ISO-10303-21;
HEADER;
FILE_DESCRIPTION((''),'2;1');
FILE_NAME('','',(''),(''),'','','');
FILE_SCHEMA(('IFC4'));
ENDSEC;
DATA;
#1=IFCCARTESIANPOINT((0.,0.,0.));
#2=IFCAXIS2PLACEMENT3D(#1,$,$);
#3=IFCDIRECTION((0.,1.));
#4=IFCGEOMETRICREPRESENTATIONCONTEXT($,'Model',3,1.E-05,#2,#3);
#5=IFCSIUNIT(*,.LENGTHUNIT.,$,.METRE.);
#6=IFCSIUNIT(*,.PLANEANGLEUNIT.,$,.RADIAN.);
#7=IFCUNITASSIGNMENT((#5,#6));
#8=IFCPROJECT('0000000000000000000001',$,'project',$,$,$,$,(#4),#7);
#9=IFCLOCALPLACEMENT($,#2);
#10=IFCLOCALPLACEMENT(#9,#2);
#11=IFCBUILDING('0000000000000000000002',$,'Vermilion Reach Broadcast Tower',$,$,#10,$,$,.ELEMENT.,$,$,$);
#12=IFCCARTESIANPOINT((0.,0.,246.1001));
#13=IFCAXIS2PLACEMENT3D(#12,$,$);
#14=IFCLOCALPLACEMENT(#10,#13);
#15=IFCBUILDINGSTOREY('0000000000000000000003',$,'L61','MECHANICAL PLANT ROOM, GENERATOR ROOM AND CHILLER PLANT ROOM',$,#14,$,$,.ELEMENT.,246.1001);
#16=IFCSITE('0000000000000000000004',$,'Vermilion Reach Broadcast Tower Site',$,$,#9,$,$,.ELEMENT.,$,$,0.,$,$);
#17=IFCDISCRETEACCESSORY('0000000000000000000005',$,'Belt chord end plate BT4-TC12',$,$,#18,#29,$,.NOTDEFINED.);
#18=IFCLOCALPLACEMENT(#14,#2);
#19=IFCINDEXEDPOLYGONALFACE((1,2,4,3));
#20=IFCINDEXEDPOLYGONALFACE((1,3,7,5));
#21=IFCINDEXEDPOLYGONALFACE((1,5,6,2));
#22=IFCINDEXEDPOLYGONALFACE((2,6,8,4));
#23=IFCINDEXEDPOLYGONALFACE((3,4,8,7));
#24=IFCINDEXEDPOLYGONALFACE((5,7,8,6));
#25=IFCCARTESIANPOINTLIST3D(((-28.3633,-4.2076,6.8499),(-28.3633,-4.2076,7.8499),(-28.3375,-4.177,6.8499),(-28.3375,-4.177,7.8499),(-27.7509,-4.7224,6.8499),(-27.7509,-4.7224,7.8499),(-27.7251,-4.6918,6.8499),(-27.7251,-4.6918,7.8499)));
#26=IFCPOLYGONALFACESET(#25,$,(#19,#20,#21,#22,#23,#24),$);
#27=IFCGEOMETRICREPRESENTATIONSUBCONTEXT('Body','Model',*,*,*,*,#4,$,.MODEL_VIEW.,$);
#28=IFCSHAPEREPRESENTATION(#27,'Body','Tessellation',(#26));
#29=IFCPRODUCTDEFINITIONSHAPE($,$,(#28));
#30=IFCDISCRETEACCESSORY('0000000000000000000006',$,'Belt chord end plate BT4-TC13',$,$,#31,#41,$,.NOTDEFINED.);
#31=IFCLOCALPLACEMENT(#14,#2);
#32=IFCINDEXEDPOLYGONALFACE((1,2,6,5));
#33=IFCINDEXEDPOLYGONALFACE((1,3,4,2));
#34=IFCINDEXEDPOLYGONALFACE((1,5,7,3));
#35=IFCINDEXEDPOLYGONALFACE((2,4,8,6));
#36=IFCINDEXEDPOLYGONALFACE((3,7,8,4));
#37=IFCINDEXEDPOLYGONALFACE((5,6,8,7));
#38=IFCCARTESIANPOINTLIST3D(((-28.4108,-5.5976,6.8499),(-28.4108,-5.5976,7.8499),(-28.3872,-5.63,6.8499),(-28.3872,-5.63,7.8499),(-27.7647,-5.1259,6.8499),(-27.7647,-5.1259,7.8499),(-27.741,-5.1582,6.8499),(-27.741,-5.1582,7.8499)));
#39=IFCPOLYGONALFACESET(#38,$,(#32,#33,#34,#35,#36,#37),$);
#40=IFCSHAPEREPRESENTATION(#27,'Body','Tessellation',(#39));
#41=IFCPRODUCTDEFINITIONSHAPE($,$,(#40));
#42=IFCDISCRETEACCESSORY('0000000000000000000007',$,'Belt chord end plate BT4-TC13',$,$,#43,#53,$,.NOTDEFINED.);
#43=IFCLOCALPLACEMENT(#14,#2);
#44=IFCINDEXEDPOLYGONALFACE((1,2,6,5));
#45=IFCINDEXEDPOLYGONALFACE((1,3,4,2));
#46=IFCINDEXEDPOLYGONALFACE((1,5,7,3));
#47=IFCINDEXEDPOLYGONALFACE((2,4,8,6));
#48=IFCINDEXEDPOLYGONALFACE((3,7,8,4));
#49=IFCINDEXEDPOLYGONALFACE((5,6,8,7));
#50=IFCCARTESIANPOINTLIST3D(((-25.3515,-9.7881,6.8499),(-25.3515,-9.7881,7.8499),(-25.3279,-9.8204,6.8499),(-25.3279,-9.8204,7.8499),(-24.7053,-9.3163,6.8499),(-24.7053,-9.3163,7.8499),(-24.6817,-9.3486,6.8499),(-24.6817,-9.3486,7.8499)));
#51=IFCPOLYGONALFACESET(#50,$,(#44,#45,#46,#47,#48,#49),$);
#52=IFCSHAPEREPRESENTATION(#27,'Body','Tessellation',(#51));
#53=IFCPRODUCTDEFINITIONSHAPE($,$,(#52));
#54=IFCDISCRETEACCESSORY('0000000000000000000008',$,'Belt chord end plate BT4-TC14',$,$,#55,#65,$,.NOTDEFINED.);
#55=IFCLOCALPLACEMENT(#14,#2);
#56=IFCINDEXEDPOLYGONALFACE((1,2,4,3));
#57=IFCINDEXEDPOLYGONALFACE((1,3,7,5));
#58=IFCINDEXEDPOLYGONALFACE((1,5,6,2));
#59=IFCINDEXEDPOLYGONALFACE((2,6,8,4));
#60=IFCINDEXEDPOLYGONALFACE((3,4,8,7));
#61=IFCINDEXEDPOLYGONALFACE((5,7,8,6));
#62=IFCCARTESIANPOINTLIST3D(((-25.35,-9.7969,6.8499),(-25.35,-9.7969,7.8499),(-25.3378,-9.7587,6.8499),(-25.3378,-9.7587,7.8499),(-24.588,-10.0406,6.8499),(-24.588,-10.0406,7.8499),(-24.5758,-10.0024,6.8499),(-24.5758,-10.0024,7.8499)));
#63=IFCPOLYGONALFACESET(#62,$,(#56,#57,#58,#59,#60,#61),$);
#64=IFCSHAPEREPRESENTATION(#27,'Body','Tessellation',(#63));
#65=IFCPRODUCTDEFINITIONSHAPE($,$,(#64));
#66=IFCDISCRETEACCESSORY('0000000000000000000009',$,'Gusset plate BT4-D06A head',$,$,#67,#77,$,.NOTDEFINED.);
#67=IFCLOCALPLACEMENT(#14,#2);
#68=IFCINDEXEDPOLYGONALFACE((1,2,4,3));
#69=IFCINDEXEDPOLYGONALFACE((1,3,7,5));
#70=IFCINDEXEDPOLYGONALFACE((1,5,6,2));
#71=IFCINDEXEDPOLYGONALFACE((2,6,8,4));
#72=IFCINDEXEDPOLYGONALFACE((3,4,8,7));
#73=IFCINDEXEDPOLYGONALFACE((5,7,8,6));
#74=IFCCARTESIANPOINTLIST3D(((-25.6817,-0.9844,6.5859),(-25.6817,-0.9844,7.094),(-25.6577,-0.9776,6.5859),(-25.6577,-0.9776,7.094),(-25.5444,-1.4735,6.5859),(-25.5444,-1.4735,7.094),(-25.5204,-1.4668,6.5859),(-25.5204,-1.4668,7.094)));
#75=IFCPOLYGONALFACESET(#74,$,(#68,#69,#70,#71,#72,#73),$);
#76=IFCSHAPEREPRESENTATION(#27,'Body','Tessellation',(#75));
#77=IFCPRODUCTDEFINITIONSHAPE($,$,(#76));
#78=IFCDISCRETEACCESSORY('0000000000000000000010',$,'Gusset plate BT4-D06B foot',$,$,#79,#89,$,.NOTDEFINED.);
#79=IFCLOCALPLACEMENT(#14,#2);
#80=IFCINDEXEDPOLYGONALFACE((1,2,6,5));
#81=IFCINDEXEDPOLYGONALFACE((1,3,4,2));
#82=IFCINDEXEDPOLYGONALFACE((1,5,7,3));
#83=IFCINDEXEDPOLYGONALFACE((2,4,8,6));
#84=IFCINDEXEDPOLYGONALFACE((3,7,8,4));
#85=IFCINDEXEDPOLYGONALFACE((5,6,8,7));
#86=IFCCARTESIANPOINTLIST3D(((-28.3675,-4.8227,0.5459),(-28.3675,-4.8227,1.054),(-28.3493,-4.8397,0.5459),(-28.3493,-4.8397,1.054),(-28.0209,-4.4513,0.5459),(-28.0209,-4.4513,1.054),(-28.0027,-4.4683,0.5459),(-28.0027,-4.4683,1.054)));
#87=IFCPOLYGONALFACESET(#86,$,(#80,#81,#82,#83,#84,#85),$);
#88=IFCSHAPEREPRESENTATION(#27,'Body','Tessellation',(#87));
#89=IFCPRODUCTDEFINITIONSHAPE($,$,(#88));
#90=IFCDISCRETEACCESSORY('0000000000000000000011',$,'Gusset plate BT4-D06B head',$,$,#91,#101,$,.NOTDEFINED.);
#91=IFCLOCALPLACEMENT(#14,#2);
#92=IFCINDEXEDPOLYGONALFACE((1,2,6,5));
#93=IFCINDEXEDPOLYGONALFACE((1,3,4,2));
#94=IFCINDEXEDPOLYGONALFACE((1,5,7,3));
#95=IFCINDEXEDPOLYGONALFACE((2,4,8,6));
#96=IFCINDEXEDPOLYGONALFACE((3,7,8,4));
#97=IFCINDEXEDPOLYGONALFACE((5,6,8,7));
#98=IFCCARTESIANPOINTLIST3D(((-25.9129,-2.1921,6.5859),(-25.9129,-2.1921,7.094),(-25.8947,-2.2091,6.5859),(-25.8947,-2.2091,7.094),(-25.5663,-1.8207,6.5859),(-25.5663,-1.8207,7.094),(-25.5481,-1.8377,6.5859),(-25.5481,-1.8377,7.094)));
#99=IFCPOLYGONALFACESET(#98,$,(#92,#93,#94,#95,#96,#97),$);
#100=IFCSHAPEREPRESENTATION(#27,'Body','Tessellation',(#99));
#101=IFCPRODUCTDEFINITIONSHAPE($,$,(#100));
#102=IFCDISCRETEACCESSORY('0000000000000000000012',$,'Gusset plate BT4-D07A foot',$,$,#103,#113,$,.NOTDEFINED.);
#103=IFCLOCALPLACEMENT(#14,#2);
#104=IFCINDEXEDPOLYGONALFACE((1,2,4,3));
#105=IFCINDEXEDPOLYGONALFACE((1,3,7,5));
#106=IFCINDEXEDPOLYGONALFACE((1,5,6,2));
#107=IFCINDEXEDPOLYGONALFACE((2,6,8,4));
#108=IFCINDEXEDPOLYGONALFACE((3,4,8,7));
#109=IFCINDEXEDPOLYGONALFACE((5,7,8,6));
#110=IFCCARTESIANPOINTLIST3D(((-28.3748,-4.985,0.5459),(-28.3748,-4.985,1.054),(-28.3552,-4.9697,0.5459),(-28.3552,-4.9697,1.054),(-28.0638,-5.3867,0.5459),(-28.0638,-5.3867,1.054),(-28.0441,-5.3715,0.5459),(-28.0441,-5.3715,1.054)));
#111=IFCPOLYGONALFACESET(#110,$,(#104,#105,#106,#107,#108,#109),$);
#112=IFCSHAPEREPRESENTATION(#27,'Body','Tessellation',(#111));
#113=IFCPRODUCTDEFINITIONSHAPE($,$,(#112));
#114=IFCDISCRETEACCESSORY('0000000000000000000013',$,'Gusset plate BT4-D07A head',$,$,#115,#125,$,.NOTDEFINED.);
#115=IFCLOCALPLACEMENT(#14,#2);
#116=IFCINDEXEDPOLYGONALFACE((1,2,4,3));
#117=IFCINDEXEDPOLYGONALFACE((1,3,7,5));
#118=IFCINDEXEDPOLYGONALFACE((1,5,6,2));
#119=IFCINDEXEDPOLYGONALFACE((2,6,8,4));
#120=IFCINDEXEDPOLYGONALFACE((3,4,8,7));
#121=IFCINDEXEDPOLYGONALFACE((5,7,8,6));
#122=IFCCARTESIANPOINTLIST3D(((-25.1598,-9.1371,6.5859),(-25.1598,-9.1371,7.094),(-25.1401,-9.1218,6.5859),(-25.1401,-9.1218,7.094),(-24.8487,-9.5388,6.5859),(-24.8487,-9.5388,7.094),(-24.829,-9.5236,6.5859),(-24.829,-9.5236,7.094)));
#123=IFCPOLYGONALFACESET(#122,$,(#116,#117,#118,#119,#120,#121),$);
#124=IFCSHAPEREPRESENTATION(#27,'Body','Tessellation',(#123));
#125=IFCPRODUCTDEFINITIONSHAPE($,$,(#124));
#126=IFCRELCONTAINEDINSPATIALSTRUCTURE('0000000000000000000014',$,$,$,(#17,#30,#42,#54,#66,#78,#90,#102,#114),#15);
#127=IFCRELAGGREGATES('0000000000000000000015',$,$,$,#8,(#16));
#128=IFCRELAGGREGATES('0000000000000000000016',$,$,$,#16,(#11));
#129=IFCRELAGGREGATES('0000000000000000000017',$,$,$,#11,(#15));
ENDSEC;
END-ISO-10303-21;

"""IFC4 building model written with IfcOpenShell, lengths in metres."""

from ifc_helpers import new_model, si_unit, direction, frame, origin, origin_2d, place, context, subcontext, project, spatial, rectangle, extrude, element, save


model = new_model("IFC4")

# Units and contexts
model_context = context("Model", 3, precision=1e-05, world=origin(), true_north=direction((0.0, 1.0)))
body_context = subcontext(model_context, "Body", "Model", "MODEL_VIEW")
ifc_project = project(units=[si_unit("LENGTHUNIT", "METRE"), si_unit("PLANEANGLEUNIT", "RADIAN")], contexts=[model_context])

# Site, building, storey
site_placement = place(None, origin())
site = spatial("IfcSite", under=ifc_project, at=site_placement, Name="Vermilion Reach Broadcast Tower Site", CompositionType="ELEMENT", RefElevation=0.0)
building_placement = place(site_placement, origin())
building = spatial("IfcBuilding", under=site, at=building_placement, Name="Vermilion Reach Broadcast Tower", CompositionType="ELEMENT")
storey_placement = place(building_placement, frame((0.0, 0.0, 246.1001)))
storey = spatial("IfcBuildingStorey", under=building, at=storey_placement, Name="L61", Description="MECHANICAL PLANT ROOM, GENERATOR ROOM AND CHILLER PLANT ROOM", CompositionType="ELEMENT", Elevation=246.1001)

# Discrete accessories
for number, where, z_axis, x_axis, name in (
    (1, (-28.0442, -4.4497, 6.8499), (0.0, 0.0, 1.0), (-0.643445, -0.765492, 0.0), "Belt chord end plate BT4-TC12"),
    (2, (-28.0759, -5.3779, 6.8499), (0.0, 0.0, 1.0), (-0.589661, 0.807651, 0.0), "Belt chord end plate BT4-TC13"),
    (3, (-25.0166, -9.5684, 6.8499), (0.0, 0.0, 1.0), (0.589661, -0.807651, 0.0), "Belt chord end plate BT4-TC13"),
    (4, (-24.9629, -9.8997, 6.8499), (0.0, 0.0, 1.0), (0.304615, 0.952476, 0.0), "Belt chord end plate BT4-TC14"),
):
    element("IfcDiscreteAccessory", number, at=place(storey_placement, frame(where, z_axis=z_axis, x_axis=x_axis)), inside=storey, Name=name, PredefinedType="NOTDEFINED", context=body_context, shape_type="SweptSolid", body=[
        extrude(rectangle(XDim=0.04, YDim=0.8, at=origin_2d()), origin(), (0.0, 0.0, 1.0), 1.0),
    ])
for number, where, z_axis, x_axis, name in (
    (5, (-25.6011, -1.2256, 6.5859), (0.0, 0.0, 1.0), (0.962784, 0.270273, 0.0), "Gusset plate BT4-D06A head"),
    (6, (-28.1851, -4.6455, 0.5459), (0.0, 0.0, 1.0), (-0.731142, 0.682225, 0.0), "Gusset plate BT4-D06B foot"),
    (7, (-25.7305, -2.0149, 6.5859), (0.0, 0.0, 1.0), (-0.731142, 0.682225, 0.0), "Gusset plate BT4-D06B head"),
    (8, (-28.2095, -5.1782, 0.5459), (0.0, 0.0, 1.0), (0.790679, 0.612231, 0.0), "Gusset plate BT4-D07A foot"),
    (9, (-24.9944, -9.3303, 6.5859), (0.0, 0.0, 1.0), (0.790679, 0.612231, 0.0), "Gusset plate BT4-D07A head"),
):
    element("IfcDiscreteAccessory", number, at=place(storey_placement, frame(where, z_axis=z_axis, x_axis=x_axis)), inside=storey, Name=name, PredefinedType="NOTDEFINED", context=body_context, shape_type="SweptSolid", body=[
        extrude(rectangle(XDim=0.0249, YDim=0.5081, at=origin_2d()), origin(), (0.0, 0.0, 1.0), 0.5081),
    ])

save(model, "model.ifc")
